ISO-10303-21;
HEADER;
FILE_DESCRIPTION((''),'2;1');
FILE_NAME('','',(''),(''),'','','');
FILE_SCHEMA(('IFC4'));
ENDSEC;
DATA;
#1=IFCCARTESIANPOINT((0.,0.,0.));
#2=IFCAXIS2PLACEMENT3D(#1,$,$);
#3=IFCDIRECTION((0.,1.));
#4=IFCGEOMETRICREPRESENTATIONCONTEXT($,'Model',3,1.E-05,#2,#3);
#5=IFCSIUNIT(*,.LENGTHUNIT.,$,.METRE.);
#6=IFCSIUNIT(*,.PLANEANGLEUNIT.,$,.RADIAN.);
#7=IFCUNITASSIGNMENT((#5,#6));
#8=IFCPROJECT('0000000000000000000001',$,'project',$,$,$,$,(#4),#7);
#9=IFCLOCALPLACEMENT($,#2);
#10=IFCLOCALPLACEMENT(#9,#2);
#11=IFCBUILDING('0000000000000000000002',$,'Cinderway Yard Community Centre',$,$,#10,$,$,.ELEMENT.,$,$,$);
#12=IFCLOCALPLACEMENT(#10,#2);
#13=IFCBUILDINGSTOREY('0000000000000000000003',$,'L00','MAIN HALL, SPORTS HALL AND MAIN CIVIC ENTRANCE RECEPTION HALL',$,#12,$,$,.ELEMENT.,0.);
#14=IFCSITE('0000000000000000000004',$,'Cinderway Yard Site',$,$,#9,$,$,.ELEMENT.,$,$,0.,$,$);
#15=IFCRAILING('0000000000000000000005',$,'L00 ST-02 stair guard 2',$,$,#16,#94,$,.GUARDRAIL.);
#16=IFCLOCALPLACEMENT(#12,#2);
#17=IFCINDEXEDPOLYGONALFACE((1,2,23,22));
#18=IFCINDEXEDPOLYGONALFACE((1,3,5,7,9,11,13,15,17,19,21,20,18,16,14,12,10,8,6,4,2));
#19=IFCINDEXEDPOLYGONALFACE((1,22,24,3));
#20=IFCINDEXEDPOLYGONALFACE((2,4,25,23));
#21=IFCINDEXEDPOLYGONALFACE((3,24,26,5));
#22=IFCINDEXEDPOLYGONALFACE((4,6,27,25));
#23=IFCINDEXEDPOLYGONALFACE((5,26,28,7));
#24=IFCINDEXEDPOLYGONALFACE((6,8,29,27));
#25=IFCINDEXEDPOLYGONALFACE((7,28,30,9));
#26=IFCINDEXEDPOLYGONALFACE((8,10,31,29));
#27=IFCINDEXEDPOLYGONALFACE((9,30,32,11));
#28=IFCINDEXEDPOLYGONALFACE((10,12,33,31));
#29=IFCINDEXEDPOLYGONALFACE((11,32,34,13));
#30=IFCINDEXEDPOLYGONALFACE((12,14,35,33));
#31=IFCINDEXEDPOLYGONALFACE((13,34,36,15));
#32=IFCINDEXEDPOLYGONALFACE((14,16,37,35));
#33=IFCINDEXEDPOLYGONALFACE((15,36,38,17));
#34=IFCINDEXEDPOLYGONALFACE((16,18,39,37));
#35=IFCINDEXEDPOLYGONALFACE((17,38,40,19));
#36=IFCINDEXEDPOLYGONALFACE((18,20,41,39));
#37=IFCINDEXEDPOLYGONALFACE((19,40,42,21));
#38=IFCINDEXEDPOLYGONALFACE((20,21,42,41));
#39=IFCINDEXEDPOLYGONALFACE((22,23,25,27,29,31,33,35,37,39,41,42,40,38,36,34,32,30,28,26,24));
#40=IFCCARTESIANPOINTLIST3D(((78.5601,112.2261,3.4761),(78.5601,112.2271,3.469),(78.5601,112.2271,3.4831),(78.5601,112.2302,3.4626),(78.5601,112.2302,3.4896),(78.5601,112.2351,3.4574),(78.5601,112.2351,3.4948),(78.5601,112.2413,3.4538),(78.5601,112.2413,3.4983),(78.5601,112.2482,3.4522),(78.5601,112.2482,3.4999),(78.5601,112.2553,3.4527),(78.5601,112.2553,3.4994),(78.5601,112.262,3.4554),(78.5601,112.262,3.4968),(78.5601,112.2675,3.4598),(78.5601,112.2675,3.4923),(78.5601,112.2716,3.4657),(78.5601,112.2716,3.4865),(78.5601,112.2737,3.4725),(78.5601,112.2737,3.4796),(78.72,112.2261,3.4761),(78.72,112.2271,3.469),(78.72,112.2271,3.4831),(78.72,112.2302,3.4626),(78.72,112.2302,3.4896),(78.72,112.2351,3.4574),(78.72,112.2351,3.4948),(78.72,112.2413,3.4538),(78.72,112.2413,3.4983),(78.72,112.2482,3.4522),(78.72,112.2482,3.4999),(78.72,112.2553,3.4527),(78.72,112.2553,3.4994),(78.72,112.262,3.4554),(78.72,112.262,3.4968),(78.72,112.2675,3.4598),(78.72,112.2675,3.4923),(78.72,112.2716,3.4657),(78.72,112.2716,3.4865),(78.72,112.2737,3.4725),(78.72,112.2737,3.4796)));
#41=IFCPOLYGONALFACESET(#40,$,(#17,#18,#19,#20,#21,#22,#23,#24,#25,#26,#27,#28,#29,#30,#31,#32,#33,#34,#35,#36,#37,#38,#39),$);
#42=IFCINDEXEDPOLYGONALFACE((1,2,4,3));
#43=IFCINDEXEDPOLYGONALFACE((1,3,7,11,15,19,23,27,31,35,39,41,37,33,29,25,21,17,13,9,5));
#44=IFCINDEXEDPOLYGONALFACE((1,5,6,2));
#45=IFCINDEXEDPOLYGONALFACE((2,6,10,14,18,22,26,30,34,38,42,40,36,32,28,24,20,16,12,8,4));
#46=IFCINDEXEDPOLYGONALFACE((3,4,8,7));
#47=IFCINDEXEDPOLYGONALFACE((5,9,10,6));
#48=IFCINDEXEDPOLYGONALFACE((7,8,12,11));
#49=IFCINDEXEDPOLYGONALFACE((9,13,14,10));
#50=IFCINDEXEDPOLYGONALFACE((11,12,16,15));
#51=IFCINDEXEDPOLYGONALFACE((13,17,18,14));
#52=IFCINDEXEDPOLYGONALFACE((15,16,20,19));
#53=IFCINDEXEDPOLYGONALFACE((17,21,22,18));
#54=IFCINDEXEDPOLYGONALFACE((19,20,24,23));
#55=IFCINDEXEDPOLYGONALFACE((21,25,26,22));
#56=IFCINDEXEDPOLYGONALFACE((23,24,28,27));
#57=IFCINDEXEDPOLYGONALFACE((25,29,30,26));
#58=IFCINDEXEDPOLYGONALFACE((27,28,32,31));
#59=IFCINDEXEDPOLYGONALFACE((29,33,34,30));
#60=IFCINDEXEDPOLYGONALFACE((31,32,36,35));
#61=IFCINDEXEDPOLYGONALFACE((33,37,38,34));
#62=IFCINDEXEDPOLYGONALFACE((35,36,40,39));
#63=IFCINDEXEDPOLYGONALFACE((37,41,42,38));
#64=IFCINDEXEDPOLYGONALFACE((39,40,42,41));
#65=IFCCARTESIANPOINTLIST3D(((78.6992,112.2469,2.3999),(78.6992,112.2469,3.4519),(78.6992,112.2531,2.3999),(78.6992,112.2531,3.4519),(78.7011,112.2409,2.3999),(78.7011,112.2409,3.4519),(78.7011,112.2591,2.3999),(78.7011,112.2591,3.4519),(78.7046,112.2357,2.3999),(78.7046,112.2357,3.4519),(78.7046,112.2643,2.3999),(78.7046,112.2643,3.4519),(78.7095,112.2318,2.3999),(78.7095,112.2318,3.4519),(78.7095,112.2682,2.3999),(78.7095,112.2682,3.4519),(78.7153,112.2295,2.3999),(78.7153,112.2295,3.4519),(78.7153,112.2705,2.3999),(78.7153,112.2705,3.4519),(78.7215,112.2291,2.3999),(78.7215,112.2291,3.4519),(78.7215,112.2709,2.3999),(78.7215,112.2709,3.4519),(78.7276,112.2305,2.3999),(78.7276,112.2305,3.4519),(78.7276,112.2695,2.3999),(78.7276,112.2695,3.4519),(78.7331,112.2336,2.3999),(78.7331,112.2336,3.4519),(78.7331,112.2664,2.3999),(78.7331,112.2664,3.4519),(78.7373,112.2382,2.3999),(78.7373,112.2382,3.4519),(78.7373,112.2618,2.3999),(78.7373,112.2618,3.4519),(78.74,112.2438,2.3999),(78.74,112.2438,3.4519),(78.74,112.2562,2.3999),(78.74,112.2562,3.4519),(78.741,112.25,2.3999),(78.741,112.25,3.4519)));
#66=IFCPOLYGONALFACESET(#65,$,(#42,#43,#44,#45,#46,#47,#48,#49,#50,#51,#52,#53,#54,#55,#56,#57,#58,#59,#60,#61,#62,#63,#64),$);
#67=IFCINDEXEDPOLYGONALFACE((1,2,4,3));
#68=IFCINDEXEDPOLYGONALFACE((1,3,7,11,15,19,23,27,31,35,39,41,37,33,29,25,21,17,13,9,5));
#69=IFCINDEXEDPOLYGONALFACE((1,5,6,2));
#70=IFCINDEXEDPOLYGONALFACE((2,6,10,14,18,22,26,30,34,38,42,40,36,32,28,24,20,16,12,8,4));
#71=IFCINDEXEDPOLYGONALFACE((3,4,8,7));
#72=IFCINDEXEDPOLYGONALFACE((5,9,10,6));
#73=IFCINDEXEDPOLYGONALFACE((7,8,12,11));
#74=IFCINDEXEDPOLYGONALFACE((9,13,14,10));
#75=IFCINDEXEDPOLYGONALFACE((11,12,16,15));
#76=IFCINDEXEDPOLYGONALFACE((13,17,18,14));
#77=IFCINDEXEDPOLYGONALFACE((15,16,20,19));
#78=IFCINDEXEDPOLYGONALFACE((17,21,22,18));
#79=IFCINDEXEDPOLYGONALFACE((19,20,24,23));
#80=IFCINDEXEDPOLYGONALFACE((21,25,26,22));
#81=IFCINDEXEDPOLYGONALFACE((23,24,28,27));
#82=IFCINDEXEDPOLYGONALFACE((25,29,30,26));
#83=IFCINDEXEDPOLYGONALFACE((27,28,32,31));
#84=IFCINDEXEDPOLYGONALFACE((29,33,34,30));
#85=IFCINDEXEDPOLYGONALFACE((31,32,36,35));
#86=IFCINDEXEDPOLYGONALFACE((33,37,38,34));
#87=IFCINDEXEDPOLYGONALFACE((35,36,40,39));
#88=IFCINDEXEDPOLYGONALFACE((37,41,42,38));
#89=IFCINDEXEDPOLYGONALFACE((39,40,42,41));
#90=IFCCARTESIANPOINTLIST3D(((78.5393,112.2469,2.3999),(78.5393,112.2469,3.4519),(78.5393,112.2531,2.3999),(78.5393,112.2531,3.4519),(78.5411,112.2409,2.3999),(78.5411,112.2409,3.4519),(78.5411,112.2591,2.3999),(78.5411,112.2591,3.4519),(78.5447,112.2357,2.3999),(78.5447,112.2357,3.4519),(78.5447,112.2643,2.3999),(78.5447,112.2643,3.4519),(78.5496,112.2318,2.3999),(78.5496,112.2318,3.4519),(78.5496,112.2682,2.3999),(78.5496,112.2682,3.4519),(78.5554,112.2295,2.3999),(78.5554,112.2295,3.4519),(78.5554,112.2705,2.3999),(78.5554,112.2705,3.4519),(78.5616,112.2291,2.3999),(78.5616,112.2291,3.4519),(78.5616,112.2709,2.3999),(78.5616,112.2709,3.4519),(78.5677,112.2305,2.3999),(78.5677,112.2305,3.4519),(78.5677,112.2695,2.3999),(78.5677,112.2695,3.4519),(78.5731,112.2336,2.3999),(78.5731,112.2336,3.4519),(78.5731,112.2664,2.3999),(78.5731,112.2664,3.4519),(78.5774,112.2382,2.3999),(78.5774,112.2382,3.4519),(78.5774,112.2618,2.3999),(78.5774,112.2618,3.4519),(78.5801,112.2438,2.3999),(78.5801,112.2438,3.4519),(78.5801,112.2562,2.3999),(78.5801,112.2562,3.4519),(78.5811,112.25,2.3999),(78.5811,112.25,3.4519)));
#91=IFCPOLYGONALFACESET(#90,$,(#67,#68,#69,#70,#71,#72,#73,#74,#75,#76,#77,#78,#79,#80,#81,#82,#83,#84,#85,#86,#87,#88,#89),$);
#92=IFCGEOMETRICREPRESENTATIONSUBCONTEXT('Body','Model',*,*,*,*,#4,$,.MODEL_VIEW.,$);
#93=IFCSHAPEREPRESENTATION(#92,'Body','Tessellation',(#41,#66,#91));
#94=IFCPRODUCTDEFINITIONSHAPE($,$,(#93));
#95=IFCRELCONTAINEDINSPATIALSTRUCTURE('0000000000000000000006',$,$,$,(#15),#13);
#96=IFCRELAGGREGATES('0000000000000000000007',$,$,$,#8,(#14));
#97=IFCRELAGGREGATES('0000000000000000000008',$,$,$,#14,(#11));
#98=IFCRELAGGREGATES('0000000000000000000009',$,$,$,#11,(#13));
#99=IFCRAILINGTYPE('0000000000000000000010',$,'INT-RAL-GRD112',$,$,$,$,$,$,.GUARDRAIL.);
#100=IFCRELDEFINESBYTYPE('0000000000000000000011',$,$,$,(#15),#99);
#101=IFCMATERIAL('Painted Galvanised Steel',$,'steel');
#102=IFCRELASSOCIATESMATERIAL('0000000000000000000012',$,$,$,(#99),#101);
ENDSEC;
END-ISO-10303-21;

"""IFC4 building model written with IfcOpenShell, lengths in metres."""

from ifc_helpers import new_model, si_unit, direction, frame, origin, origin_2d, place, context, subcontext, project, spatial, circle, extrude, material, type_object, element, save


model = new_model("IFC4")

# Units and contexts
model_context = context("Model", 3, precision=1e-05, world=origin(), true_north=direction((0.0, 1.0)))
body_context = subcontext(model_context, "Body", "Model", "MODEL_VIEW")
ifc_project = project(units=[si_unit("LENGTHUNIT", "METRE"), si_unit("PLANEANGLEUNIT", "RADIAN")], contexts=[model_context])

# Site, building, storey
site_placement = place(None, origin())
site = spatial("IfcSite", under=ifc_project, at=site_placement, Name="Cinderway Yard Site", CompositionType="ELEMENT", RefElevation=0.0)
building_placement = place(site_placement, origin())
building = spatial("IfcBuilding", under=site, at=building_placement, Name="Cinderway Yard Community Centre", CompositionType="ELEMENT")
storey_placement = place(building_placement, origin())
storey = spatial("IfcBuildingStorey", under=building, at=storey_placement, Name="L00", Description="MAIN HALL, SPORTS HALL AND MAIN CIVIC ENTRANCE RECEPTION HALL", CompositionType="ELEMENT", Elevation=0.0)

# Railing
ifc_material_1 = material(Name="Painted Galvanised Steel", Category="steel")
railing_type_1 = type_object("IfcRailingType", Name="INT-RAL-GRD112", PredefinedType="GUARDRAIL", material=ifc_material_1)
railing_1_placement = place(storey_placement, frame((78.72, 112.25, 2.3999)))
element("IfcRailing", 1, at=railing_1_placement, inside=storey, type_object=railing_type_1, Name="L00 ST-02 stair guard 2", PredefinedType="GUARDRAIL", context=body_context, shape_type="SweptSolid", body=[
    extrude(circle(Radius=0.0239, at=origin_2d()), frame((0.0, 0.0, 1.0762), z_axis=(-1.0, 0.0, 0.0), x_axis=(0.0, -1.0, 0.0)), (0.0, 0.0, 1.0), 0.1599),
    extrude(circle(Radius=0.021, at=origin_2d()), origin(), (0.0, 0.0, 1.0), 1.052),
    extrude(circle(Radius=0.021, at=origin_2d()), frame((-0.1599, 0.0, 0.0)), (0.0, 0.0, 1.0), 1.052),
])

save(model, "model.ifc")
